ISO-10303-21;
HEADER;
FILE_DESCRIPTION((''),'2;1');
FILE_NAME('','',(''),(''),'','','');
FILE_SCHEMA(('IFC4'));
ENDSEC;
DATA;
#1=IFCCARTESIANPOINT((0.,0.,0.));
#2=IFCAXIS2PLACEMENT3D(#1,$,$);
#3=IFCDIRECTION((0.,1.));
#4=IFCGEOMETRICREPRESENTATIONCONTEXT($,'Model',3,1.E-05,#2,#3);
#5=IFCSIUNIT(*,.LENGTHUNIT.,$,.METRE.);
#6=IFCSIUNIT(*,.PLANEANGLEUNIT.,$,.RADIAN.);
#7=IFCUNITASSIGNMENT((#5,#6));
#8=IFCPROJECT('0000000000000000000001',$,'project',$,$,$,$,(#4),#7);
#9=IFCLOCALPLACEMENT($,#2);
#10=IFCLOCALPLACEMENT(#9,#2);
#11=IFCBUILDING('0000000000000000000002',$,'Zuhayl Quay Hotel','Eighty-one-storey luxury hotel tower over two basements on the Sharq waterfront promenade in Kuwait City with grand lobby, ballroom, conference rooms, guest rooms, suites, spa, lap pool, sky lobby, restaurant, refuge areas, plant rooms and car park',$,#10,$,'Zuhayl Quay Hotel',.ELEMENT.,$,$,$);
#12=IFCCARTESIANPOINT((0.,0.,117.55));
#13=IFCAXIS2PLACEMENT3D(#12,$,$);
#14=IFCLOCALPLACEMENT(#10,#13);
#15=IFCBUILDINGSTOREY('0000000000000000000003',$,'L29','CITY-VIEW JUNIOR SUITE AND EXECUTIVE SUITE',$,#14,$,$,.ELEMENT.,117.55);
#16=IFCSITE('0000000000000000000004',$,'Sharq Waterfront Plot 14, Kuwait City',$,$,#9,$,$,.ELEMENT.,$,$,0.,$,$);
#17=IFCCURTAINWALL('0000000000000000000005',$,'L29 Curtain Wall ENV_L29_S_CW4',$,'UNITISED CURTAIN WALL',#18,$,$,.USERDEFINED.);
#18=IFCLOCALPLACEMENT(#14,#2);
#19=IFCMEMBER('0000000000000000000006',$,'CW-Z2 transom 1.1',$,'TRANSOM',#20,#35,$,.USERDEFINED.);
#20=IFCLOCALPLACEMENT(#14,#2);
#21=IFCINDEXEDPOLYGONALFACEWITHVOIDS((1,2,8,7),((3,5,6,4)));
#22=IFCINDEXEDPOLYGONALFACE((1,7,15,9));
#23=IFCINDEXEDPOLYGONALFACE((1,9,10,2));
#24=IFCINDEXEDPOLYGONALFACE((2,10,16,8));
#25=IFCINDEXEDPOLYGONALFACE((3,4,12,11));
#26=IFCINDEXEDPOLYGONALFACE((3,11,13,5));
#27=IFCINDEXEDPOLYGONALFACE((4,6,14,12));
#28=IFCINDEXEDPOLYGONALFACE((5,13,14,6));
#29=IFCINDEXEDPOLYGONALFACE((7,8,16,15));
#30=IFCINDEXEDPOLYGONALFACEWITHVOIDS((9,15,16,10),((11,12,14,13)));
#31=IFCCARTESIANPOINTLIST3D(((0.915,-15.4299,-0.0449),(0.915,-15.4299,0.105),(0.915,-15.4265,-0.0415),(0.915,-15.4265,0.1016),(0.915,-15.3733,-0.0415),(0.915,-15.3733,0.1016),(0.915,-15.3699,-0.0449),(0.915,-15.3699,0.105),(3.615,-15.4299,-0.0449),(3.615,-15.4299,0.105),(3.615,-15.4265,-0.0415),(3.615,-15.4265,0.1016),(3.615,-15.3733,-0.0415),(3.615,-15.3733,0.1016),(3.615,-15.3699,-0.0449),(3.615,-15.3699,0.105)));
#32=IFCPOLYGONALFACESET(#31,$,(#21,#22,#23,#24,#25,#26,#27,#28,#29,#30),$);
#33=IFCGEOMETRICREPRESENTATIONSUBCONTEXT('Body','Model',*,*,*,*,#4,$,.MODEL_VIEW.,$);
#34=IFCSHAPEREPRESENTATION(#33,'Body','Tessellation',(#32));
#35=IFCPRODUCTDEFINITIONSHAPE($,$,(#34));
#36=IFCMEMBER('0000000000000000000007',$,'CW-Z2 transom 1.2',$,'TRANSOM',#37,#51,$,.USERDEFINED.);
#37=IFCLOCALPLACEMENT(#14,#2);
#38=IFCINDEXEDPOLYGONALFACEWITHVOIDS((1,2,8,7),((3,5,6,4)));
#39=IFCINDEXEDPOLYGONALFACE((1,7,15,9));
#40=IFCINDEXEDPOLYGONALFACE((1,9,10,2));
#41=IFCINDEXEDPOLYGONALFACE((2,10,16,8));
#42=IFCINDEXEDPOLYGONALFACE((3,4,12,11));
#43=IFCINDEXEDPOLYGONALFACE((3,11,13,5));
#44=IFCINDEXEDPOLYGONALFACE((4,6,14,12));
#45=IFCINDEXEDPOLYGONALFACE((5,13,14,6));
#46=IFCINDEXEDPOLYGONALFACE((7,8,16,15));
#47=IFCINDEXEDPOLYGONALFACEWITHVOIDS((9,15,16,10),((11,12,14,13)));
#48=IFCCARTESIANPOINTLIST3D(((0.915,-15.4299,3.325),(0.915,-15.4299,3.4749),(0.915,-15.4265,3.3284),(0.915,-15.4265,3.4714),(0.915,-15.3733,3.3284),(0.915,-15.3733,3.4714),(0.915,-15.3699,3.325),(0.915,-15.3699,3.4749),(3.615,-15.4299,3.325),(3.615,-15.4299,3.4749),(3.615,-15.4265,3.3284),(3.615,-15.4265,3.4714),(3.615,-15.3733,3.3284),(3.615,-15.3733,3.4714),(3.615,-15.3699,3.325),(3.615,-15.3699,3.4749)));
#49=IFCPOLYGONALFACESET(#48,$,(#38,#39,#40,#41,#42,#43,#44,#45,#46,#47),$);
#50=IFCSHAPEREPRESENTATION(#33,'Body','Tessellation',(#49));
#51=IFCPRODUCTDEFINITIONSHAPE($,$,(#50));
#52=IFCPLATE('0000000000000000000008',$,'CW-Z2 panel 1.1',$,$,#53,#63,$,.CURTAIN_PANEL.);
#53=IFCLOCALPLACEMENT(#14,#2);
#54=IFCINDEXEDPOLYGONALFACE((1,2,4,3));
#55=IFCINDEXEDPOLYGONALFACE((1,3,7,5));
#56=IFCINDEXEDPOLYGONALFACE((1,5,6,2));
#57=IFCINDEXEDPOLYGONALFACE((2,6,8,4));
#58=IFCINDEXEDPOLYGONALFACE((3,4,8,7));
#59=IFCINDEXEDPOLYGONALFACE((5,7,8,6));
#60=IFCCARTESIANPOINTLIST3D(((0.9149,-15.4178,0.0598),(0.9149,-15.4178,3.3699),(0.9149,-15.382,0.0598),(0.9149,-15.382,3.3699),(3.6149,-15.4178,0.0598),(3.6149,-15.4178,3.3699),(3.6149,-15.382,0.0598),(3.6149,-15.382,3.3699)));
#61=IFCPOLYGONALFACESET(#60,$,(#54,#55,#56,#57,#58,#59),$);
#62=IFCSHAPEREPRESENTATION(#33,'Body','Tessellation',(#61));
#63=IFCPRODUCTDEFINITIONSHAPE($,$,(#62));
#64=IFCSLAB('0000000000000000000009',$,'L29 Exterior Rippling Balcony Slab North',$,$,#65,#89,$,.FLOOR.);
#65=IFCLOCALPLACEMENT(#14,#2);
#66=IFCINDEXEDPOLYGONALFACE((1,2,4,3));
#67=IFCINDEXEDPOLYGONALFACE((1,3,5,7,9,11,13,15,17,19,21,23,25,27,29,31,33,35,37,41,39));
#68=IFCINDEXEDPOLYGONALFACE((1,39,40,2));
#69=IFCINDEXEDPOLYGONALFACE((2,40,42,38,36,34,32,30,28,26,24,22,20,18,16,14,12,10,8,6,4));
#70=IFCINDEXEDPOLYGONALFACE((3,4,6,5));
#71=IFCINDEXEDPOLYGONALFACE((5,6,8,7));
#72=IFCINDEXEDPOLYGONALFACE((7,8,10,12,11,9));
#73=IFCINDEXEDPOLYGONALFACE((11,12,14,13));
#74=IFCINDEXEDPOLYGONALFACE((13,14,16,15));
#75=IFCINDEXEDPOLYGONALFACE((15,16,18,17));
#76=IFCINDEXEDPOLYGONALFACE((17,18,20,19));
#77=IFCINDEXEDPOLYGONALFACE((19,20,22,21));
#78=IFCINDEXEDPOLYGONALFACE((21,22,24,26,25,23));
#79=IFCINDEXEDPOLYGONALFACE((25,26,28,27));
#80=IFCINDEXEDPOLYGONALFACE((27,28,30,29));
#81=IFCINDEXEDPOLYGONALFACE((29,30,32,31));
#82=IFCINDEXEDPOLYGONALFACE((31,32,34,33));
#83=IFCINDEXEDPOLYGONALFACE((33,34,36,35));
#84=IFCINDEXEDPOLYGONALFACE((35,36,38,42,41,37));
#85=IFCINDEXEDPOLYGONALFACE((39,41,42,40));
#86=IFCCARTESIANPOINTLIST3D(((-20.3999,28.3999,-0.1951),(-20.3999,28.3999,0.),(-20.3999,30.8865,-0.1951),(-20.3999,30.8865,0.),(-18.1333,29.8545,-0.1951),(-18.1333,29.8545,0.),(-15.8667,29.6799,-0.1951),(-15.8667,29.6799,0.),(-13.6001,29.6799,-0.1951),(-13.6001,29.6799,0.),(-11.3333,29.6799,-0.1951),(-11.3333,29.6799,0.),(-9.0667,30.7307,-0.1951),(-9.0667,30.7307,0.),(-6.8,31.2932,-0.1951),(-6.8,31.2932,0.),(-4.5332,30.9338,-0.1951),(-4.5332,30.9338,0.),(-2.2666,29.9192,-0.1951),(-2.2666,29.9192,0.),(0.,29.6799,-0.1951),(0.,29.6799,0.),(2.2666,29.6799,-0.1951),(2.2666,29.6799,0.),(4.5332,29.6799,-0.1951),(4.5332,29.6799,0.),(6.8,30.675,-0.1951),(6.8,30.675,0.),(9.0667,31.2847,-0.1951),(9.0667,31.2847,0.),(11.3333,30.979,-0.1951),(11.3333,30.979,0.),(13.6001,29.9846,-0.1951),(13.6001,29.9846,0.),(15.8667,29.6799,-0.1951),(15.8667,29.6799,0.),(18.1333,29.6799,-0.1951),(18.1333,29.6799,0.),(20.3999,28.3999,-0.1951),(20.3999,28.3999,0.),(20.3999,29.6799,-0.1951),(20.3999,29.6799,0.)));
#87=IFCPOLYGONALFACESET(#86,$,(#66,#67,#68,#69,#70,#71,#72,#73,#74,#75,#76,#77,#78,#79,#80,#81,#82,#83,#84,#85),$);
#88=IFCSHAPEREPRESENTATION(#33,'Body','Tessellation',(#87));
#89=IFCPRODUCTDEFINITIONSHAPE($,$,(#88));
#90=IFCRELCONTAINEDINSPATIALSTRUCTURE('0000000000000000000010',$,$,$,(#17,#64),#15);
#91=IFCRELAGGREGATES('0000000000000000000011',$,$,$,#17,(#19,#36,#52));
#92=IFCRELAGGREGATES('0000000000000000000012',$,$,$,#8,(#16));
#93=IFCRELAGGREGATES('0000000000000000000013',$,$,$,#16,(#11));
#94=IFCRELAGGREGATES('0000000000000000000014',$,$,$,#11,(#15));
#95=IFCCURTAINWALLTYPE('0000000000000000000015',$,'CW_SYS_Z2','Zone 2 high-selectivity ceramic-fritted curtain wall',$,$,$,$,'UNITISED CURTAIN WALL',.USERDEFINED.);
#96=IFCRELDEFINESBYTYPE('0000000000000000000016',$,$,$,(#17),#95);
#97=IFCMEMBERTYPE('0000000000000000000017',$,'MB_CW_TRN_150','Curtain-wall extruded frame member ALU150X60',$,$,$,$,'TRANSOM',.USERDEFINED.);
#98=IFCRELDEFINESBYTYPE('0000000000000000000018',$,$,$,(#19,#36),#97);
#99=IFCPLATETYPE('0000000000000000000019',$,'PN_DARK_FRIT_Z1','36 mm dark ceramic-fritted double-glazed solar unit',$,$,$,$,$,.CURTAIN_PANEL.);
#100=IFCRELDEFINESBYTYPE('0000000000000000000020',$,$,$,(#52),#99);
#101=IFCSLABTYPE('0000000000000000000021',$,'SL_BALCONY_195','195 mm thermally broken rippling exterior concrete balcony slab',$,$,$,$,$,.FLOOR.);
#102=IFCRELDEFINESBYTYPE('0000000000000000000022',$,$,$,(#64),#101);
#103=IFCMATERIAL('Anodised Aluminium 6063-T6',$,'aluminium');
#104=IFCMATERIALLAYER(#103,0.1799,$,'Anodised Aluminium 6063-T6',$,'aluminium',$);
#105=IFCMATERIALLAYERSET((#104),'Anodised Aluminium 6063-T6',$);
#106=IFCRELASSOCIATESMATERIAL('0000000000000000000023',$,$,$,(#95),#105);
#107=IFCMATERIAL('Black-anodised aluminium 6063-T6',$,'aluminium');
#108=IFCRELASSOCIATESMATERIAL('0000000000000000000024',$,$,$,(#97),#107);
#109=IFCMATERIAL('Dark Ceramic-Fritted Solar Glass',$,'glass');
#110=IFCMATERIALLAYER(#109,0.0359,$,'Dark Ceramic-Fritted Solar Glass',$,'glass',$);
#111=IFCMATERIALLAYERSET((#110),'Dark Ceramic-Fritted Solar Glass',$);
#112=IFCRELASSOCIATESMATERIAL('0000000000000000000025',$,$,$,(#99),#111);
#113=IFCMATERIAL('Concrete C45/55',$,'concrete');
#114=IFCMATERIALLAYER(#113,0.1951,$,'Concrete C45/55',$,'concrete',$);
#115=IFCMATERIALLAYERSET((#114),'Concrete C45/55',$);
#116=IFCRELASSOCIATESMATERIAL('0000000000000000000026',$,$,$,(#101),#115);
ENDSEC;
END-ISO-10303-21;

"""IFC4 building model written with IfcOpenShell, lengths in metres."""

from ifc_helpers import new_model, si_unit, direction, frame, origin, origin_2d, place, context, subcontext, project, spatial, polyline, rectangle, hollow_rectangle, outline, extrude, material, layer, layer_set, material_profile, profile_set, type_object, element, aggregate, save


model = new_model("IFC4")

# Units and contexts
model_context = context("Model", 3, precision=1e-05, world=origin(), true_north=direction((0.0, 1.0)))
body_context = subcontext(model_context, "Body", "Model", "MODEL_VIEW")
ifc_project = project(units=[si_unit("LENGTHUNIT", "METRE"), si_unit("PLANEANGLEUNIT", "RADIAN")], contexts=[model_context])

# Site, building, storey
site_placement = place(None, origin())
site = spatial("IfcSite", under=ifc_project, at=site_placement, Name="Sharq Waterfront Plot 14, Kuwait City", CompositionType="ELEMENT", RefElevation=0.0)
building_placement = place(site_placement, origin())
building = spatial("IfcBuilding", under=site, at=building_placement, Name="Zuhayl Quay Hotel", Description="Eighty-one-storey luxury hotel tower over two basements on the Sharq waterfront promenade in Kuwait City with grand lobby, ballroom, conference rooms, guest rooms, suites, spa, lap pool, sky lobby, restaurant, refuge areas, plant rooms and car park", LongName="Zuhayl Quay Hotel", CompositionType="ELEMENT")
storey_placement = place(building_placement, frame((0.0, 0.0, 117.55)))
storey = spatial("IfcBuildingStorey", under=building, at=storey_placement, Name="L29", Description="CITY-VIEW JUNIOR SUITE AND EXECUTIVE SUITE", CompositionType="ELEMENT", Elevation=117.55)

# Curtain wall, members, plate
ifc_material_1 = material(Name="Anodised Aluminium 6063-T6", Category="aluminium")
ifc_layer_1 = layer(ifc_material_1, 0.1799, Name="Anodised Aluminium 6063-T6", Category="aluminium")
ifc_layer_set_1 = layer_set([ifc_layer_1], Name="Anodised Aluminium 6063-T6")
curtain_wall_type = type_object("IfcCurtainWallType", Name="CW_SYS_Z2", Description="Zone 2 high-selectivity ceramic-fritted curtain wall", ElementType="UNITISED CURTAIN WALL", PredefinedType="USERDEFINED", material=ifc_layer_set_1)
curtain_wall_placement = place(storey_placement, origin())
curtain_wall = element("IfcCurtainWall", 1, at=curtain_wall_placement, inside=storey, type_object=curtain_wall_type, Name="L29 Curtain Wall ENV_L29_S_CW4", ObjectType="UNITISED CURTAIN WALL", PredefinedType="USERDEFINED")
ifc_material_2 = material(Name="Black-anodised aluminium 6063-T6", Category="aluminium")
ifc_material_profile_1 = material_profile(ifc_material_2, hollow_rectangle(XDim=0.0601, YDim=0.1499, WallThickness=0.0034, at=origin_2d()), Name="ALU150X60")
ifc_profile_set_1 = profile_set([ifc_material_profile_1], Name="Black-anodised aluminium 6063-T6")
member_type_1 = type_object("IfcMemberType", Name="MB_CW_TRN_150", Description="Curtain-wall extruded frame member ALU150X60", ElementType="TRANSOM", PredefinedType="USERDEFINED", material=ifc_profile_set_1)
member_1_placement = place(storey_placement, frame((3.615, -15.3999, 0.03), z_axis=(-1.0, 0.0, 0.0), x_axis=(0.0, -1.0, 0.0)))
member_1 = element("IfcMember", 2, at=member_1_placement, type_object=member_type_1, Name="CW-Z2 transom 1.1", ObjectType="TRANSOM", PredefinedType="USERDEFINED", context=body_context, shape_type="SweptSolid", body=[
    extrude(hollow_rectangle(XDim=0.0601, YDim=0.1499, WallThickness=0.0034, at=origin_2d()), origin(), (0.0, 0.0, 1.0), 2.7),
])
member_2_placement = place(storey_placement, frame((3.615, -15.3999, 3.3999), z_axis=(-1.0, 0.0, 0.0), x_axis=(0.0, -1.0, 0.0)))
member_2 = element("IfcMember", 3, at=member_2_placement, type_object=member_type_1, Name="CW-Z2 transom 1.2", ObjectType="TRANSOM", PredefinedType="USERDEFINED", context=body_context, shape_type="SweptSolid", body=[
    extrude(hollow_rectangle(XDim=0.0601, YDim=0.1499, WallThickness=0.0034, at=origin_2d()), origin(), (0.0, 0.0, 1.0), 2.7),
])
ifc_material_3 = material(Name="Dark Ceramic-Fritted Solar Glass", Category="glass")
ifc_layer_2 = layer(ifc_material_3, 0.0359, Name="Dark Ceramic-Fritted Solar Glass", Category="glass")
ifc_layer_set_2 = layer_set([ifc_layer_2], Name="Dark Ceramic-Fritted Solar Glass")
plate_type = type_object("IfcPlateType", Name="PN_DARK_FRIT_Z1", Description="36 mm dark ceramic-fritted double-glazed solar unit", PredefinedType="CURTAIN_PANEL", material=ifc_layer_set_2)
plate_placement = place(storey_placement, frame((2.2649, -15.3999, 0.0598), z_axis=(0.0, 0.0, 1.0), x_axis=(-1.0, 0.0, 0.0)))
plate = element("IfcPlate", 4, at=plate_placement, type_object=plate_type, Name="CW-Z2 panel 1.1", PredefinedType="CURTAIN_PANEL", context=body_context, shape_type="SweptSolid", body=[
    extrude(rectangle(XDim=2.7, YDim=0.0359, at=origin_2d()), origin(), (0.0, 0.0, 1.0), 3.3101),
])
aggregate(curtain_wall, [member_1, member_2, plate])

# Slab
ifc_material_4 = material(Name="Concrete C45/55", Category="concrete")
ifc_layer_3 = layer(ifc_material_4, 0.1951, Name="Concrete C45/55", Category="concrete")
ifc_layer_set_3 = layer_set([ifc_layer_3], Name="Concrete C45/55")
slab_type_1 = type_object("IfcSlabType", Name="SL_BALCONY_195", Description="195 mm thermally broken rippling exterior concrete balcony slab", PredefinedType="FLOOR", material=ifc_layer_set_3)
slab_1_placement = place(storey_placement, frame((0.0, 0.0, -0.1951)))
element("IfcSlab", 5, at=slab_1_placement, inside=storey, type_object=slab_type_1, Name="L29 Exterior Rippling Balcony Slab North", PredefinedType="FLOOR", context=body_context, shape_type="SweptSolid", body=[
    extrude(outline(polyline([(-20.3999, 28.3999), (20.3999, 28.3999), (20.3999, 29.6799), (18.1333, 29.6799), (15.8667, 29.6799), (13.6001, 29.9846), (11.3333, 30.979), (9.0667, 31.2847), (6.8, 30.675), (4.5332, 29.6799), (2.2666, 29.6799), (0.0, 29.6799), (-2.2666, 29.9192), (-4.5332, 30.9338), (-6.8, 31.2932), (-9.0667, 30.7307), (-11.3333, 29.6799), (-13.6001, 29.6799), (-15.8667, 29.6799), (-18.1333, 29.8545), (-20.3999, 30.8865), (-20.3999, 28.3999)])), origin(), (0.0, 0.0, 1.0), 0.1951),
])

save(model, "model.ifc")
